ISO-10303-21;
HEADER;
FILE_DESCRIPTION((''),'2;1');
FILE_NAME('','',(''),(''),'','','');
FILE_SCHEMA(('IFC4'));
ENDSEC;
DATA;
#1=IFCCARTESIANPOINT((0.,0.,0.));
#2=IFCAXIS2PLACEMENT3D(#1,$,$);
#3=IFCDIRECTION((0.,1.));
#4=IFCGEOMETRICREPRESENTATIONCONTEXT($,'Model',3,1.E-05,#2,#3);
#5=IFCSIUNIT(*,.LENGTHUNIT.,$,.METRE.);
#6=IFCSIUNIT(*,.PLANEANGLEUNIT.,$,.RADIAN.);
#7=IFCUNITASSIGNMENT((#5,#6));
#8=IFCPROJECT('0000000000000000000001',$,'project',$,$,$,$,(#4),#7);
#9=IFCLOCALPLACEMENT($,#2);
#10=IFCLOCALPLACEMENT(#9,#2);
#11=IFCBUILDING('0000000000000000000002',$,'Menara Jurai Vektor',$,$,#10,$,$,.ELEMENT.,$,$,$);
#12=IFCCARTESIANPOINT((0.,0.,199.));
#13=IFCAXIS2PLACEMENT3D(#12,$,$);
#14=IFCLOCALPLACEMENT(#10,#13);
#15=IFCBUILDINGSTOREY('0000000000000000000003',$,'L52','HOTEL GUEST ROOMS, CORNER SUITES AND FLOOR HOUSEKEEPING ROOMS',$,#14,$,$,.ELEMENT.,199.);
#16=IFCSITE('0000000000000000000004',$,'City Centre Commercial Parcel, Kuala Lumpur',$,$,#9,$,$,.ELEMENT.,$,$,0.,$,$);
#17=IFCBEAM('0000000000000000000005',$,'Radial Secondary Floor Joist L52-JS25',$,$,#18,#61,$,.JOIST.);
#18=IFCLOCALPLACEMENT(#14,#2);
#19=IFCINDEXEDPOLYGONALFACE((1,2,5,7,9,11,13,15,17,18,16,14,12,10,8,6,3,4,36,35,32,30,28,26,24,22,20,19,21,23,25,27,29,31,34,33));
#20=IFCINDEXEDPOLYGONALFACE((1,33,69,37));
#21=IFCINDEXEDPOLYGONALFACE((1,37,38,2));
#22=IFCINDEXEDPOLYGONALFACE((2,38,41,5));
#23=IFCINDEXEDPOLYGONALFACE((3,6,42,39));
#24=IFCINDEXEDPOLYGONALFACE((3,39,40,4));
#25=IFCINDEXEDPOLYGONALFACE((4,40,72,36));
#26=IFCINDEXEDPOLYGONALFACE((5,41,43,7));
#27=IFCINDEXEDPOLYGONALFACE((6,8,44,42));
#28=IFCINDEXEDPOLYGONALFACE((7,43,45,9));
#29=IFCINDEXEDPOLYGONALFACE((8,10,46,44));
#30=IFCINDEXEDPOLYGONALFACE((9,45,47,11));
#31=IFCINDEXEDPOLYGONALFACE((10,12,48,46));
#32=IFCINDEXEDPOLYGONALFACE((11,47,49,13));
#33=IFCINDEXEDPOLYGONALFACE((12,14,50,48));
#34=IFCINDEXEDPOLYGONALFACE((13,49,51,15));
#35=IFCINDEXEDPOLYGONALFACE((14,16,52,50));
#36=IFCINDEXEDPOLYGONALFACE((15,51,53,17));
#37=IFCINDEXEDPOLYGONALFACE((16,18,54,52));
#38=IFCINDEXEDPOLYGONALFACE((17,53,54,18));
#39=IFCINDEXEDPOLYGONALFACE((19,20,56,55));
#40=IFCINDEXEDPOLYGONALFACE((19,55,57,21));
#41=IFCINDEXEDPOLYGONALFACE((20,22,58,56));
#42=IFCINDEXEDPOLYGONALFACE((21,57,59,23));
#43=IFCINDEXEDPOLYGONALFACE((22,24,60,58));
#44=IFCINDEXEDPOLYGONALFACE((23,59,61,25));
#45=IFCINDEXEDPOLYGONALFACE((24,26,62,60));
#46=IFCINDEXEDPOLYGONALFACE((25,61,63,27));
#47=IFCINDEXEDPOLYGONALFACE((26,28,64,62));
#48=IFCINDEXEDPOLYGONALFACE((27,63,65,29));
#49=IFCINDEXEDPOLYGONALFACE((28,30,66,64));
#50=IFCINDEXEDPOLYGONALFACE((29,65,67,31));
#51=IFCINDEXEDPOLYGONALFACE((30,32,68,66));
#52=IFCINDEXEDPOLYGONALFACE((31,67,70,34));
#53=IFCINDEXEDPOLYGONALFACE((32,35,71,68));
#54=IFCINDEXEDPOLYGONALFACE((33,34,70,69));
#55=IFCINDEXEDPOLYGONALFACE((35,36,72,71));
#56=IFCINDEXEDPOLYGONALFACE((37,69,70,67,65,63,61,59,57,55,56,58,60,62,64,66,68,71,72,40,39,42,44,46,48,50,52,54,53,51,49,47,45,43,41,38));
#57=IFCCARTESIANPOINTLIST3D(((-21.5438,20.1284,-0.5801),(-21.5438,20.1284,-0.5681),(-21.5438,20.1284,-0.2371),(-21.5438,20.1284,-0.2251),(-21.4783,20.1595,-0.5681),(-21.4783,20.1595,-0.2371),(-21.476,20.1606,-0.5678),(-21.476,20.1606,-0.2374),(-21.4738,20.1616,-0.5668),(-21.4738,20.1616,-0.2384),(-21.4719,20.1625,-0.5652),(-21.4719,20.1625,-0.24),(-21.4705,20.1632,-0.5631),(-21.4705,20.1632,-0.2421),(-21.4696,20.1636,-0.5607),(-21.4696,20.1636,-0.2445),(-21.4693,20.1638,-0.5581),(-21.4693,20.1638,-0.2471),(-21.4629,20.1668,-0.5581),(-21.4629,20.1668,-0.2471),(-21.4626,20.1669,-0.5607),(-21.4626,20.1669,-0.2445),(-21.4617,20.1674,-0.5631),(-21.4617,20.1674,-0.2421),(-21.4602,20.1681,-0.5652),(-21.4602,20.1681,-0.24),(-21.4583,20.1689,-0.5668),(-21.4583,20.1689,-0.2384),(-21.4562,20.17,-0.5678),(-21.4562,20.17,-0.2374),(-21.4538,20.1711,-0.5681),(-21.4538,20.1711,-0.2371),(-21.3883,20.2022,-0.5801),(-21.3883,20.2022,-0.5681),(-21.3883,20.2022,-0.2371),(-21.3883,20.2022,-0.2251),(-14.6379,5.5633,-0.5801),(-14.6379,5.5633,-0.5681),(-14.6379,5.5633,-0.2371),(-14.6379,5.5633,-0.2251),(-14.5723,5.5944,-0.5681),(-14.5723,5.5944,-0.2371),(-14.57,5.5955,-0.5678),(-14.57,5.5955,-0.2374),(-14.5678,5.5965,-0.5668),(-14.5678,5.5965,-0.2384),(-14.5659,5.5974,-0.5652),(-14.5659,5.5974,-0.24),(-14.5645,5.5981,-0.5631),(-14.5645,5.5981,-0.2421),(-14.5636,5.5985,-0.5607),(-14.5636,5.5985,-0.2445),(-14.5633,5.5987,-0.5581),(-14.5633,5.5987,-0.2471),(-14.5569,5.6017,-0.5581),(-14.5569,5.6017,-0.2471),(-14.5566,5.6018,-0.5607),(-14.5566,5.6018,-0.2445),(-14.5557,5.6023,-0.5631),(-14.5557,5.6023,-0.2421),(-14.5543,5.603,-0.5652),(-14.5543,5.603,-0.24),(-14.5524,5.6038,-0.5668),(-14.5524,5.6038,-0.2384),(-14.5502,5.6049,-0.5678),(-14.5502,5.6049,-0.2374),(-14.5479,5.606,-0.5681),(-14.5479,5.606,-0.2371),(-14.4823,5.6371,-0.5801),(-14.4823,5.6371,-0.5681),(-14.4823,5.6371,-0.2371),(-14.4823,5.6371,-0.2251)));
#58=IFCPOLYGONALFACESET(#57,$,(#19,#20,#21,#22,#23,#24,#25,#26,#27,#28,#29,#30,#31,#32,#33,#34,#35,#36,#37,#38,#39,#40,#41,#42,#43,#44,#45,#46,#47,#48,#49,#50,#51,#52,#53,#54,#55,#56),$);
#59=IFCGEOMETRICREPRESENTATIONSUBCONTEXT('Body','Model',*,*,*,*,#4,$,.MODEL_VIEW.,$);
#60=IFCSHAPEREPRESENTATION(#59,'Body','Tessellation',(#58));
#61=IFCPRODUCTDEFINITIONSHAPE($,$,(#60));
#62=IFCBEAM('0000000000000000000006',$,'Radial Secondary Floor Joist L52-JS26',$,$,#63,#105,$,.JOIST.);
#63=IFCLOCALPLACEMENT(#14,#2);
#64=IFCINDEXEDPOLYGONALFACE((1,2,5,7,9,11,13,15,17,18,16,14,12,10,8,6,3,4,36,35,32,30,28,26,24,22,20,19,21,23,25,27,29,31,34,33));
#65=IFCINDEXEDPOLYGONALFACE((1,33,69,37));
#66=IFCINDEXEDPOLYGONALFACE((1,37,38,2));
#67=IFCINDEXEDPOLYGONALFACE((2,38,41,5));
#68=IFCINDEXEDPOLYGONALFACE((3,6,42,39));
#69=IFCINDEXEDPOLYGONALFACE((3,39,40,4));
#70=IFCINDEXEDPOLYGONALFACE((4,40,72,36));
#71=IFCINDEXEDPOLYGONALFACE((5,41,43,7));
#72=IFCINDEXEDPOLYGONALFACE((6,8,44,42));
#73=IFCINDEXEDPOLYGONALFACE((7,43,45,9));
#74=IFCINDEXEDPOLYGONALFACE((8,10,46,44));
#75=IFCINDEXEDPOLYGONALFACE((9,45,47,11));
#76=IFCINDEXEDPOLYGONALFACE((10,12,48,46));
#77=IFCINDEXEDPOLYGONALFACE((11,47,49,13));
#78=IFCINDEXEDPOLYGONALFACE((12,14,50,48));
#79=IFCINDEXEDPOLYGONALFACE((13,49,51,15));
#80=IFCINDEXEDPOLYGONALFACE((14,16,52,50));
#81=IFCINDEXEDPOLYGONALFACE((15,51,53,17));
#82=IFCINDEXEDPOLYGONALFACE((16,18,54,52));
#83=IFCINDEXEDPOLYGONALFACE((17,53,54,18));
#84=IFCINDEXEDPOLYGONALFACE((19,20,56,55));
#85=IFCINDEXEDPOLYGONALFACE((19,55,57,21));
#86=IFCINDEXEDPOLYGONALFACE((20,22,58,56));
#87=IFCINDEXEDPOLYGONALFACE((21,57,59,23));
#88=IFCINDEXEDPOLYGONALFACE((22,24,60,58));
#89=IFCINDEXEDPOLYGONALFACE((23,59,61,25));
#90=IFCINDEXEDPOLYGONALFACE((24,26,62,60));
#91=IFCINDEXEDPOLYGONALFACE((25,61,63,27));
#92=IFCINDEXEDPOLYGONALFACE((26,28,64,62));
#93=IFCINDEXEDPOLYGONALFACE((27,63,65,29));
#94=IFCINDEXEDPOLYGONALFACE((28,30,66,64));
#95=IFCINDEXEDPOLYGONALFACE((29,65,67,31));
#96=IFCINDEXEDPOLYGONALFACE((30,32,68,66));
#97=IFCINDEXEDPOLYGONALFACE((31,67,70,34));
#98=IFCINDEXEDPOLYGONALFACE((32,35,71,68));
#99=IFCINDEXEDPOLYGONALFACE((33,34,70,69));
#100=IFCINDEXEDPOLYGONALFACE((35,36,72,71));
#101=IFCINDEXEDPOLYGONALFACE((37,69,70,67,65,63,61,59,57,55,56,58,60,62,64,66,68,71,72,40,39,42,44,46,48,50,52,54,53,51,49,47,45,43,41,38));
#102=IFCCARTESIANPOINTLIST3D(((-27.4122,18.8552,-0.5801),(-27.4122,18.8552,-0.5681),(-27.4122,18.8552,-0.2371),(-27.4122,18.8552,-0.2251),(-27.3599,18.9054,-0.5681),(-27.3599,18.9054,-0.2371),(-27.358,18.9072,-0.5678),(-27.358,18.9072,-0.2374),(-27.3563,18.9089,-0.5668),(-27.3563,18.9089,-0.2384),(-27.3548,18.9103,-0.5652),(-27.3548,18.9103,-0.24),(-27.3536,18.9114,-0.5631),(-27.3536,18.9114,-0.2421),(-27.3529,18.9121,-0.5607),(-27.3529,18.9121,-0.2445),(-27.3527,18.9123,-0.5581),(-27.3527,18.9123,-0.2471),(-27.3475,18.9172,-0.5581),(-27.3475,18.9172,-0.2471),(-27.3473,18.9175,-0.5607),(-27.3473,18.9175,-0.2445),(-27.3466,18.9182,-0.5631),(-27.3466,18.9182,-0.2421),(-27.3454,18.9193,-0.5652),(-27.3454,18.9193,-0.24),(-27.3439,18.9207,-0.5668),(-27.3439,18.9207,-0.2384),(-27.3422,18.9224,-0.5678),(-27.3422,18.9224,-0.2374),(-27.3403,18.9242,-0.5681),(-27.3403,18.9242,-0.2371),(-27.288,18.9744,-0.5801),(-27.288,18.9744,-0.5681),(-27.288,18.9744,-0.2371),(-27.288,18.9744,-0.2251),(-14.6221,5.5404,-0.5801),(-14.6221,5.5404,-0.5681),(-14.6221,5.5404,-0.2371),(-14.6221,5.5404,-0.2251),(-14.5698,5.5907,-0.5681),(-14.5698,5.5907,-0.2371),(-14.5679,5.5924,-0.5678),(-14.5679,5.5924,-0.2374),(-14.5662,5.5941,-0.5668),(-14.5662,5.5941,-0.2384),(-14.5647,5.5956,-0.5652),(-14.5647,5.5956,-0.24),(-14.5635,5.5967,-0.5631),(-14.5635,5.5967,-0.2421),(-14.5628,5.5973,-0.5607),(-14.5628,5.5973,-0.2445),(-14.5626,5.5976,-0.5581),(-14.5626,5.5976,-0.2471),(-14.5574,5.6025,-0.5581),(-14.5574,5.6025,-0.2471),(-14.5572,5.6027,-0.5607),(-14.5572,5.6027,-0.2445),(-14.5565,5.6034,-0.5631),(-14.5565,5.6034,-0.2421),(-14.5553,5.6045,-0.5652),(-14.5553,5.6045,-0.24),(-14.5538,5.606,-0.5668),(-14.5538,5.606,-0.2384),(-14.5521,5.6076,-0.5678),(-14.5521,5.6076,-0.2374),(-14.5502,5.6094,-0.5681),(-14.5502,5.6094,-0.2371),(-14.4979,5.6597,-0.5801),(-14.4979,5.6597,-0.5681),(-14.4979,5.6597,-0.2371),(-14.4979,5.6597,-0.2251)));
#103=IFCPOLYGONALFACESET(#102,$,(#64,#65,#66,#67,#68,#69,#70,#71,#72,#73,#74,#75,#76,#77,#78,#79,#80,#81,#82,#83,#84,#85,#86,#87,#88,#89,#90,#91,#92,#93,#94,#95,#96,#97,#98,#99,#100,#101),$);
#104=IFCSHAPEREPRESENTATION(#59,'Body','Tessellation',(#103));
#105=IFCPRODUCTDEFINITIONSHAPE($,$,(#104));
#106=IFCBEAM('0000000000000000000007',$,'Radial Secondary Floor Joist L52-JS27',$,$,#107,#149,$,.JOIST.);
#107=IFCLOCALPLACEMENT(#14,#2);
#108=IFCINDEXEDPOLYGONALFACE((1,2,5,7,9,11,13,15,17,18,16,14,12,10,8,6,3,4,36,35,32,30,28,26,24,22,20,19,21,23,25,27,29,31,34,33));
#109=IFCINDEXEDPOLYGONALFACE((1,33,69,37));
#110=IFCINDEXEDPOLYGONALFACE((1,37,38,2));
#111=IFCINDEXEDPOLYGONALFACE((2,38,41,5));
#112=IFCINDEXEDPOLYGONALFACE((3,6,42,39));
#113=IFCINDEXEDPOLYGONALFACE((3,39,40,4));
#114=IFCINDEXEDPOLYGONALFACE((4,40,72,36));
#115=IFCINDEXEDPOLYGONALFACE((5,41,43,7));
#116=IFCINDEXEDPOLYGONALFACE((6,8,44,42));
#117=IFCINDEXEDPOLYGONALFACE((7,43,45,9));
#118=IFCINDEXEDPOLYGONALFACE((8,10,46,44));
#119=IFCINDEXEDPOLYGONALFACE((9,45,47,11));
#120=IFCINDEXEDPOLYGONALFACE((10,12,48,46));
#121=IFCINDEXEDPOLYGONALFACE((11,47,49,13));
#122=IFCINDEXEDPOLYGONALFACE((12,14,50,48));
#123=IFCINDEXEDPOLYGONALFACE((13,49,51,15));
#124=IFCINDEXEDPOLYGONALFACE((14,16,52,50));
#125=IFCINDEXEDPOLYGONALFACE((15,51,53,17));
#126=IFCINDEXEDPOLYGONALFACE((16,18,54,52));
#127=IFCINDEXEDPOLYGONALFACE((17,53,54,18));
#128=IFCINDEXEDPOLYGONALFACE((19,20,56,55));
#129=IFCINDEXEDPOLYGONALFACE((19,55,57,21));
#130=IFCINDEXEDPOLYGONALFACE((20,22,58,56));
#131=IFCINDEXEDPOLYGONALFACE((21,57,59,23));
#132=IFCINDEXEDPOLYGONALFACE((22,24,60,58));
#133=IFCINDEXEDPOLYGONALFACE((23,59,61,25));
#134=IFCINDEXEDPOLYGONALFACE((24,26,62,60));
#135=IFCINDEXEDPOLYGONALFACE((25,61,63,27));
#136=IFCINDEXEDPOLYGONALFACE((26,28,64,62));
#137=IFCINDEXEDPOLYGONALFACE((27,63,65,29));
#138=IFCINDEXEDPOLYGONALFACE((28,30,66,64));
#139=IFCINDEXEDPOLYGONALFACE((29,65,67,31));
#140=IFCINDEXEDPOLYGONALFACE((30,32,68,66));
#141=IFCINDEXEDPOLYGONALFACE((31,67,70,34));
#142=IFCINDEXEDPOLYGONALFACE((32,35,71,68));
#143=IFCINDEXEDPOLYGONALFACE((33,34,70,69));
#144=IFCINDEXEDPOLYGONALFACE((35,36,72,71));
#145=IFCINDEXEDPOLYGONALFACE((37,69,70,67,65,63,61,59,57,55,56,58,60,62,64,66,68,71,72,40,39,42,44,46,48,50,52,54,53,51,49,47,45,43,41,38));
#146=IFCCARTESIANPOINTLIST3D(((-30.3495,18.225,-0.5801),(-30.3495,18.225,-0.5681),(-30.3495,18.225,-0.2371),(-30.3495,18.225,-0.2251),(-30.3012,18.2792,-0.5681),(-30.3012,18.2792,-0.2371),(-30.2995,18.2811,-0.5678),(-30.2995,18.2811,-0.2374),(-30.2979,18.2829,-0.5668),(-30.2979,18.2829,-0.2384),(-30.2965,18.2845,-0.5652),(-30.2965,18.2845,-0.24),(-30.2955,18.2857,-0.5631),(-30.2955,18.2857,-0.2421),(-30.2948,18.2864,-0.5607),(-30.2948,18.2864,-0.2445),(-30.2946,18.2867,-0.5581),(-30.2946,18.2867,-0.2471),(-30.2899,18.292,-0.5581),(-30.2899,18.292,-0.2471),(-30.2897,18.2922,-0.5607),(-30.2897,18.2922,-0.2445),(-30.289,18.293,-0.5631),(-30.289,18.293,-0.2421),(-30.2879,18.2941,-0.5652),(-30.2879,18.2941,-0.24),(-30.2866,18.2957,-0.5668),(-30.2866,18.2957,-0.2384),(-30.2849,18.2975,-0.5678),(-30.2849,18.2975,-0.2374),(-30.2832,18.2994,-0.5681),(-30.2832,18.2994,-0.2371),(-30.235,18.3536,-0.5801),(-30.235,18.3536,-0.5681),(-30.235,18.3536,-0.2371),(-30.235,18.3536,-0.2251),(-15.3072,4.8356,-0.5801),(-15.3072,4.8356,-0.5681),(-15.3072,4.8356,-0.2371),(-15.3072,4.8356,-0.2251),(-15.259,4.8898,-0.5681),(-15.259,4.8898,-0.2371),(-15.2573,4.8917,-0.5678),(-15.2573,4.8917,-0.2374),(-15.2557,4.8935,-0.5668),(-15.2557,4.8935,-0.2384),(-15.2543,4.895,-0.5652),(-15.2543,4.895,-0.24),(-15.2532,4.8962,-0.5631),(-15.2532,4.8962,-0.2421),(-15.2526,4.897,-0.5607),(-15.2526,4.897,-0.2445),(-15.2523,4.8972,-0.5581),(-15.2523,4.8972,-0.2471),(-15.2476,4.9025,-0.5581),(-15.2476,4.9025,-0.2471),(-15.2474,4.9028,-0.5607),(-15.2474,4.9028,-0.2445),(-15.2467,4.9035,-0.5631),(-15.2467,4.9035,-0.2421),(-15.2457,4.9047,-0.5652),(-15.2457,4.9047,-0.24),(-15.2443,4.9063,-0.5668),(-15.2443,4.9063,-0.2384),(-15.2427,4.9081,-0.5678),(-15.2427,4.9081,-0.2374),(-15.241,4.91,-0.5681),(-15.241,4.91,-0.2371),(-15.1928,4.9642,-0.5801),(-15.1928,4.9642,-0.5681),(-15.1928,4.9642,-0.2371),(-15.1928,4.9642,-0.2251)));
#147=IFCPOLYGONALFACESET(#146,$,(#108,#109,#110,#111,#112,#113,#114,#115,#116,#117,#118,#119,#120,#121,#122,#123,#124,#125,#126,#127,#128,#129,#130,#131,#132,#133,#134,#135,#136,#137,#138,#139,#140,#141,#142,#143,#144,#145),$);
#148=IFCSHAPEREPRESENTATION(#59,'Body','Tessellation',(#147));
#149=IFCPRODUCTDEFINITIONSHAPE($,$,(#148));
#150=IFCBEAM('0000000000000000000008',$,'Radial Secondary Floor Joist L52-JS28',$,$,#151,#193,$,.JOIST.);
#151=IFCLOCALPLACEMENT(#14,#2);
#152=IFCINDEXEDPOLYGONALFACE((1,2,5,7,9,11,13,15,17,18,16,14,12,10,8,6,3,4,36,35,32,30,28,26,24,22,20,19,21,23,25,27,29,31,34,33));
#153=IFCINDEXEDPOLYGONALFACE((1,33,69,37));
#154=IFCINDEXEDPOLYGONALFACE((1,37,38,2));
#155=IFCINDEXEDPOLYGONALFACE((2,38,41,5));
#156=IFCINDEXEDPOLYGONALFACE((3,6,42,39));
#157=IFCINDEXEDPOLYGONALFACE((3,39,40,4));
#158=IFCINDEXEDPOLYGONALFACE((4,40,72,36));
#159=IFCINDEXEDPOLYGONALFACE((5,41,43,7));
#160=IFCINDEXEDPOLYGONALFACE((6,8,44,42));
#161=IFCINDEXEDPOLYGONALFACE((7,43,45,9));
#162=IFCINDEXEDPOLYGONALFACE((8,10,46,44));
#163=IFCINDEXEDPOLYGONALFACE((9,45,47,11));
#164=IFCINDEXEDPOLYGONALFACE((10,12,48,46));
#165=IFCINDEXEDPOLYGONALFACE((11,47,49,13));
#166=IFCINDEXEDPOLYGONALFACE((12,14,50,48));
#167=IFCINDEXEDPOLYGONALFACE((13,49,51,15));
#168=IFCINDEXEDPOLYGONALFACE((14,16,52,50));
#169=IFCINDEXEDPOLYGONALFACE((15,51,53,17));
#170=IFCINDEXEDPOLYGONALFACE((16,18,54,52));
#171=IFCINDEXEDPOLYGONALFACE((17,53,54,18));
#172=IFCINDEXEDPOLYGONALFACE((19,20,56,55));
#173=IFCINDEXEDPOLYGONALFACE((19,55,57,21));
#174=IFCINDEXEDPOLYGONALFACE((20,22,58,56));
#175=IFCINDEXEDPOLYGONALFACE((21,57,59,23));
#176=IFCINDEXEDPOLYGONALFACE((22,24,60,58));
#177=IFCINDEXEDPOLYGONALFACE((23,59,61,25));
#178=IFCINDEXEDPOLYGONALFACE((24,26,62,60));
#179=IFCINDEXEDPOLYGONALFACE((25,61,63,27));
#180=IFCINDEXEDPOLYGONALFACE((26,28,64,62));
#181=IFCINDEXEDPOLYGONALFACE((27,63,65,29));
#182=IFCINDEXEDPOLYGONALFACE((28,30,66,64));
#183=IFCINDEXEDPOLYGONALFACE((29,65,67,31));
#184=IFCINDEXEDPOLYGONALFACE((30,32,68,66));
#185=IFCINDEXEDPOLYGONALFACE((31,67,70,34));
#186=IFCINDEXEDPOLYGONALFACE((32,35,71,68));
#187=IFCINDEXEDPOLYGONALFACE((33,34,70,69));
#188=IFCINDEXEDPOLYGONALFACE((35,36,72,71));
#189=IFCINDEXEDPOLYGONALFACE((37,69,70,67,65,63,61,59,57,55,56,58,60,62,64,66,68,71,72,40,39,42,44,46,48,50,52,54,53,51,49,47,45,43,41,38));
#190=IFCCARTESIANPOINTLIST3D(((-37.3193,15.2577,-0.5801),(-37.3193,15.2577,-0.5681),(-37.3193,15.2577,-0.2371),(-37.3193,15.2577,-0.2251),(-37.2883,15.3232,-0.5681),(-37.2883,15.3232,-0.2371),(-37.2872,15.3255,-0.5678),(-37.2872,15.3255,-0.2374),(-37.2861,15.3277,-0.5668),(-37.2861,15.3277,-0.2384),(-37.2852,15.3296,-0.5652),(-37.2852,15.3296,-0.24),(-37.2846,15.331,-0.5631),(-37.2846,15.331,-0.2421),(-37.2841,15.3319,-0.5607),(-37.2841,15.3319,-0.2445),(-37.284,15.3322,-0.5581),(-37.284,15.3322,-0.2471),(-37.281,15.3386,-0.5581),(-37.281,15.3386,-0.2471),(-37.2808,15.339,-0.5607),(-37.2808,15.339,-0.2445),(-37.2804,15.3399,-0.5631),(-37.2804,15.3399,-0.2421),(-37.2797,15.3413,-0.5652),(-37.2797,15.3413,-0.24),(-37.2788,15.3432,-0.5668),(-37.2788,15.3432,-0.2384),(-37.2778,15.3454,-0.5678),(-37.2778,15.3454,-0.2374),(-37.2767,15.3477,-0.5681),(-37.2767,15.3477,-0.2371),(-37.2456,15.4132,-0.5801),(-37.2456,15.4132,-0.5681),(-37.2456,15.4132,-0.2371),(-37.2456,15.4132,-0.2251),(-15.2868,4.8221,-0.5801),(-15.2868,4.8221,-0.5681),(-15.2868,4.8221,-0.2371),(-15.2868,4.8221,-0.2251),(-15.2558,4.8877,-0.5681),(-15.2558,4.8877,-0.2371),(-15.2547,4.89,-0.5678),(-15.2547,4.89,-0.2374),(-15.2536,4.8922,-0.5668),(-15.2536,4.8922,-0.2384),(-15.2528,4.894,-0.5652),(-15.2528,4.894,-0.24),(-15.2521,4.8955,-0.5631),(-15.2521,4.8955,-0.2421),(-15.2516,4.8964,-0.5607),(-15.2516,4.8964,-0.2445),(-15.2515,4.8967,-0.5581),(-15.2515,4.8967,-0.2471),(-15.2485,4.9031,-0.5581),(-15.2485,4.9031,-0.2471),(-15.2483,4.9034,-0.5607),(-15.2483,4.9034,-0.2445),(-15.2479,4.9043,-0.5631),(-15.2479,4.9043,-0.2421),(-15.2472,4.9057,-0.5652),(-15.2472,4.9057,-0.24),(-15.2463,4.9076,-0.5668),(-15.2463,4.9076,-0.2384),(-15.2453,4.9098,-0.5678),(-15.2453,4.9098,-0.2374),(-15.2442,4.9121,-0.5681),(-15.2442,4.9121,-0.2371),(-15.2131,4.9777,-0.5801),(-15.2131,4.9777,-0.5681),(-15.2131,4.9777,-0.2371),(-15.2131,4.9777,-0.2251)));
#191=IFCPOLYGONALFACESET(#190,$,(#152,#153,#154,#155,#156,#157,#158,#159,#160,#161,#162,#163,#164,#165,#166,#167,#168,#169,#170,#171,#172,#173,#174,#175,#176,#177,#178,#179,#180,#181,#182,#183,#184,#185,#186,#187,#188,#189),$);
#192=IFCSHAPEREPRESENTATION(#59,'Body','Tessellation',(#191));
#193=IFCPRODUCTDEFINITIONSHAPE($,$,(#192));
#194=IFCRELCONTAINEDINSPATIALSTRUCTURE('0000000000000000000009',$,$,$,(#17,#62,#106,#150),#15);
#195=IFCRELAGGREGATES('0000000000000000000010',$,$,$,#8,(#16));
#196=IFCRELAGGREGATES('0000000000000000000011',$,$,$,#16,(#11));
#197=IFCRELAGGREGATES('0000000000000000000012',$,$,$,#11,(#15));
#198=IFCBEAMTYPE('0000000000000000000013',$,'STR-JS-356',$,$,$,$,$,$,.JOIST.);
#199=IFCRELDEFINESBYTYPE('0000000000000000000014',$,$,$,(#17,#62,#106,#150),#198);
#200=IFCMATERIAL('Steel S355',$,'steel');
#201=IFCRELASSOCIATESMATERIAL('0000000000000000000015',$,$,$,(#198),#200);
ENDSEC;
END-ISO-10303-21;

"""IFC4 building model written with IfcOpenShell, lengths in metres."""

from ifc_helpers import new_model, si_unit, direction, frame, origin, origin_2d, place, context, subcontext, project, spatial, i_section, extrude, material, material_profile, profile_set, type_object, element, save


model = new_model("IFC4")

# Units and contexts
model_context = context("Model", 3, precision=1e-05, world=origin(), true_north=direction((0.0, 1.0)))
body_context = subcontext(model_context, "Body", "Model", "MODEL_VIEW")
ifc_project = project(units=[si_unit("LENGTHUNIT", "METRE"), si_unit("PLANEANGLEUNIT", "RADIAN")], contexts=[model_context])

# Site, building, storey
site_placement = place(None, origin())
site = spatial("IfcSite", under=ifc_project, at=site_placement, Name="City Centre Commercial Parcel, Kuala Lumpur", CompositionType="ELEMENT", RefElevation=0.0)
building_placement = place(site_placement, origin())
building = spatial("IfcBuilding", under=site, at=building_placement, Name="Menara Jurai Vektor", CompositionType="ELEMENT")
storey_placement = place(building_placement, frame((0.0, 0.0, 199.0)))
storey = spatial("IfcBuildingStorey", under=building, at=storey_placement, Name="L52", Description="HOTEL GUEST ROOMS, CORNER SUITES AND FLOOR HOUSEKEEPING ROOMS", CompositionType="ELEMENT", Elevation=199.0)

# Beams
ifc_material_1 = material(Name="Steel S355", Category="steel")
ifc_material_profile_1 = material_profile(ifc_material_1, i_section(OverallWidth=0.1721, OverallDepth=0.355, WebThickness=0.0071, FlangeThickness=0.012, FilletRadius=0.01, at=origin_2d()), Name="UKB 356x171x51")
ifc_profile_set_1 = profile_set([ifc_material_profile_1], Name="Steel S355")
beam_type_1 = type_object("IfcBeamType", Name="STR-JS-356", PredefinedType="JOIST", material=ifc_profile_set_1)
beam_1_placement = place(storey_placement, frame((-21.4661, 20.1653, -0.4026), z_axis=(0.428426, -0.903577, 0.0), x_axis=(0.903577, 0.428426, 0.0)))
element("IfcBeam", 1, at=beam_1_placement, inside=storey, type_object=beam_type_1, Name="Radial Secondary Floor Joist L52-JS25", PredefinedType="JOIST", context=body_context, shape_type="SweptSolid", body=[
    extrude(i_section(OverallWidth=0.1721, OverallDepth=0.355, WebThickness=0.0071, FlangeThickness=0.012, FilletRadius=0.01, at=origin_2d()), origin(), (0.0, 0.0, 1.0), 16.1194),
])
beam_2_placement = place(storey_placement, frame((-27.3501, 18.9148, -0.4026), z_axis=(0.692755, -0.721173, 0.0), x_axis=(0.721173, 0.692755, 0.0)))
element("IfcBeam", 2, at=beam_2_placement, inside=storey, type_object=beam_type_1, Name="Radial Secondary Floor Joist L52-JS26", PredefinedType="JOIST", context=body_context, shape_type="SweptSolid", body=[
    extrude(i_section(OverallWidth=0.1721, OverallDepth=0.355, WebThickness=0.0071, FlangeThickness=0.012, FilletRadius=0.01, at=origin_2d()), origin(), (0.0, 0.0, 1.0), 18.4626),
])
beam_3_placement = place(storey_placement, frame((-30.2922, 18.2893, -0.4026), z_axis=(0.746952, -0.664878, 0.0), x_axis=(0.664878, 0.746952, 0.0)))
element("IfcBeam", 3, at=beam_3_placement, inside=storey, type_object=beam_type_1, Name="Radial Secondary Floor Joist L52-JS27", PredefinedType="JOIST", context=body_context, shape_type="SweptSolid", body=[
    extrude(i_section(OverallWidth=0.1721, OverallDepth=0.355, WebThickness=0.0071, FlangeThickness=0.012, FilletRadius=0.01, at=origin_2d()), origin(), (0.0, 0.0, 1.0), 20.1382),
])
beam_4_placement = place(storey_placement, frame((-37.2825, 15.3354, -0.4026), z_axis=(0.903752, -0.428057, 0.0), x_axis=(0.428057, 0.903752, 0.0)))
element("IfcBeam", 4, at=beam_4_placement, inside=storey, type_object=beam_type_1, Name="Radial Secondary Floor Joist L52-JS28", PredefinedType="JOIST", context=body_context, shape_type="SweptSolid", body=[
    extrude(i_section(OverallWidth=0.1721, OverallDepth=0.355, WebThickness=0.0071, FlangeThickness=0.012, FilletRadius=0.01, at=origin_2d()), origin(), (0.0, 0.0, 1.0), 24.3789),
])

save(model, "model.ifc")
